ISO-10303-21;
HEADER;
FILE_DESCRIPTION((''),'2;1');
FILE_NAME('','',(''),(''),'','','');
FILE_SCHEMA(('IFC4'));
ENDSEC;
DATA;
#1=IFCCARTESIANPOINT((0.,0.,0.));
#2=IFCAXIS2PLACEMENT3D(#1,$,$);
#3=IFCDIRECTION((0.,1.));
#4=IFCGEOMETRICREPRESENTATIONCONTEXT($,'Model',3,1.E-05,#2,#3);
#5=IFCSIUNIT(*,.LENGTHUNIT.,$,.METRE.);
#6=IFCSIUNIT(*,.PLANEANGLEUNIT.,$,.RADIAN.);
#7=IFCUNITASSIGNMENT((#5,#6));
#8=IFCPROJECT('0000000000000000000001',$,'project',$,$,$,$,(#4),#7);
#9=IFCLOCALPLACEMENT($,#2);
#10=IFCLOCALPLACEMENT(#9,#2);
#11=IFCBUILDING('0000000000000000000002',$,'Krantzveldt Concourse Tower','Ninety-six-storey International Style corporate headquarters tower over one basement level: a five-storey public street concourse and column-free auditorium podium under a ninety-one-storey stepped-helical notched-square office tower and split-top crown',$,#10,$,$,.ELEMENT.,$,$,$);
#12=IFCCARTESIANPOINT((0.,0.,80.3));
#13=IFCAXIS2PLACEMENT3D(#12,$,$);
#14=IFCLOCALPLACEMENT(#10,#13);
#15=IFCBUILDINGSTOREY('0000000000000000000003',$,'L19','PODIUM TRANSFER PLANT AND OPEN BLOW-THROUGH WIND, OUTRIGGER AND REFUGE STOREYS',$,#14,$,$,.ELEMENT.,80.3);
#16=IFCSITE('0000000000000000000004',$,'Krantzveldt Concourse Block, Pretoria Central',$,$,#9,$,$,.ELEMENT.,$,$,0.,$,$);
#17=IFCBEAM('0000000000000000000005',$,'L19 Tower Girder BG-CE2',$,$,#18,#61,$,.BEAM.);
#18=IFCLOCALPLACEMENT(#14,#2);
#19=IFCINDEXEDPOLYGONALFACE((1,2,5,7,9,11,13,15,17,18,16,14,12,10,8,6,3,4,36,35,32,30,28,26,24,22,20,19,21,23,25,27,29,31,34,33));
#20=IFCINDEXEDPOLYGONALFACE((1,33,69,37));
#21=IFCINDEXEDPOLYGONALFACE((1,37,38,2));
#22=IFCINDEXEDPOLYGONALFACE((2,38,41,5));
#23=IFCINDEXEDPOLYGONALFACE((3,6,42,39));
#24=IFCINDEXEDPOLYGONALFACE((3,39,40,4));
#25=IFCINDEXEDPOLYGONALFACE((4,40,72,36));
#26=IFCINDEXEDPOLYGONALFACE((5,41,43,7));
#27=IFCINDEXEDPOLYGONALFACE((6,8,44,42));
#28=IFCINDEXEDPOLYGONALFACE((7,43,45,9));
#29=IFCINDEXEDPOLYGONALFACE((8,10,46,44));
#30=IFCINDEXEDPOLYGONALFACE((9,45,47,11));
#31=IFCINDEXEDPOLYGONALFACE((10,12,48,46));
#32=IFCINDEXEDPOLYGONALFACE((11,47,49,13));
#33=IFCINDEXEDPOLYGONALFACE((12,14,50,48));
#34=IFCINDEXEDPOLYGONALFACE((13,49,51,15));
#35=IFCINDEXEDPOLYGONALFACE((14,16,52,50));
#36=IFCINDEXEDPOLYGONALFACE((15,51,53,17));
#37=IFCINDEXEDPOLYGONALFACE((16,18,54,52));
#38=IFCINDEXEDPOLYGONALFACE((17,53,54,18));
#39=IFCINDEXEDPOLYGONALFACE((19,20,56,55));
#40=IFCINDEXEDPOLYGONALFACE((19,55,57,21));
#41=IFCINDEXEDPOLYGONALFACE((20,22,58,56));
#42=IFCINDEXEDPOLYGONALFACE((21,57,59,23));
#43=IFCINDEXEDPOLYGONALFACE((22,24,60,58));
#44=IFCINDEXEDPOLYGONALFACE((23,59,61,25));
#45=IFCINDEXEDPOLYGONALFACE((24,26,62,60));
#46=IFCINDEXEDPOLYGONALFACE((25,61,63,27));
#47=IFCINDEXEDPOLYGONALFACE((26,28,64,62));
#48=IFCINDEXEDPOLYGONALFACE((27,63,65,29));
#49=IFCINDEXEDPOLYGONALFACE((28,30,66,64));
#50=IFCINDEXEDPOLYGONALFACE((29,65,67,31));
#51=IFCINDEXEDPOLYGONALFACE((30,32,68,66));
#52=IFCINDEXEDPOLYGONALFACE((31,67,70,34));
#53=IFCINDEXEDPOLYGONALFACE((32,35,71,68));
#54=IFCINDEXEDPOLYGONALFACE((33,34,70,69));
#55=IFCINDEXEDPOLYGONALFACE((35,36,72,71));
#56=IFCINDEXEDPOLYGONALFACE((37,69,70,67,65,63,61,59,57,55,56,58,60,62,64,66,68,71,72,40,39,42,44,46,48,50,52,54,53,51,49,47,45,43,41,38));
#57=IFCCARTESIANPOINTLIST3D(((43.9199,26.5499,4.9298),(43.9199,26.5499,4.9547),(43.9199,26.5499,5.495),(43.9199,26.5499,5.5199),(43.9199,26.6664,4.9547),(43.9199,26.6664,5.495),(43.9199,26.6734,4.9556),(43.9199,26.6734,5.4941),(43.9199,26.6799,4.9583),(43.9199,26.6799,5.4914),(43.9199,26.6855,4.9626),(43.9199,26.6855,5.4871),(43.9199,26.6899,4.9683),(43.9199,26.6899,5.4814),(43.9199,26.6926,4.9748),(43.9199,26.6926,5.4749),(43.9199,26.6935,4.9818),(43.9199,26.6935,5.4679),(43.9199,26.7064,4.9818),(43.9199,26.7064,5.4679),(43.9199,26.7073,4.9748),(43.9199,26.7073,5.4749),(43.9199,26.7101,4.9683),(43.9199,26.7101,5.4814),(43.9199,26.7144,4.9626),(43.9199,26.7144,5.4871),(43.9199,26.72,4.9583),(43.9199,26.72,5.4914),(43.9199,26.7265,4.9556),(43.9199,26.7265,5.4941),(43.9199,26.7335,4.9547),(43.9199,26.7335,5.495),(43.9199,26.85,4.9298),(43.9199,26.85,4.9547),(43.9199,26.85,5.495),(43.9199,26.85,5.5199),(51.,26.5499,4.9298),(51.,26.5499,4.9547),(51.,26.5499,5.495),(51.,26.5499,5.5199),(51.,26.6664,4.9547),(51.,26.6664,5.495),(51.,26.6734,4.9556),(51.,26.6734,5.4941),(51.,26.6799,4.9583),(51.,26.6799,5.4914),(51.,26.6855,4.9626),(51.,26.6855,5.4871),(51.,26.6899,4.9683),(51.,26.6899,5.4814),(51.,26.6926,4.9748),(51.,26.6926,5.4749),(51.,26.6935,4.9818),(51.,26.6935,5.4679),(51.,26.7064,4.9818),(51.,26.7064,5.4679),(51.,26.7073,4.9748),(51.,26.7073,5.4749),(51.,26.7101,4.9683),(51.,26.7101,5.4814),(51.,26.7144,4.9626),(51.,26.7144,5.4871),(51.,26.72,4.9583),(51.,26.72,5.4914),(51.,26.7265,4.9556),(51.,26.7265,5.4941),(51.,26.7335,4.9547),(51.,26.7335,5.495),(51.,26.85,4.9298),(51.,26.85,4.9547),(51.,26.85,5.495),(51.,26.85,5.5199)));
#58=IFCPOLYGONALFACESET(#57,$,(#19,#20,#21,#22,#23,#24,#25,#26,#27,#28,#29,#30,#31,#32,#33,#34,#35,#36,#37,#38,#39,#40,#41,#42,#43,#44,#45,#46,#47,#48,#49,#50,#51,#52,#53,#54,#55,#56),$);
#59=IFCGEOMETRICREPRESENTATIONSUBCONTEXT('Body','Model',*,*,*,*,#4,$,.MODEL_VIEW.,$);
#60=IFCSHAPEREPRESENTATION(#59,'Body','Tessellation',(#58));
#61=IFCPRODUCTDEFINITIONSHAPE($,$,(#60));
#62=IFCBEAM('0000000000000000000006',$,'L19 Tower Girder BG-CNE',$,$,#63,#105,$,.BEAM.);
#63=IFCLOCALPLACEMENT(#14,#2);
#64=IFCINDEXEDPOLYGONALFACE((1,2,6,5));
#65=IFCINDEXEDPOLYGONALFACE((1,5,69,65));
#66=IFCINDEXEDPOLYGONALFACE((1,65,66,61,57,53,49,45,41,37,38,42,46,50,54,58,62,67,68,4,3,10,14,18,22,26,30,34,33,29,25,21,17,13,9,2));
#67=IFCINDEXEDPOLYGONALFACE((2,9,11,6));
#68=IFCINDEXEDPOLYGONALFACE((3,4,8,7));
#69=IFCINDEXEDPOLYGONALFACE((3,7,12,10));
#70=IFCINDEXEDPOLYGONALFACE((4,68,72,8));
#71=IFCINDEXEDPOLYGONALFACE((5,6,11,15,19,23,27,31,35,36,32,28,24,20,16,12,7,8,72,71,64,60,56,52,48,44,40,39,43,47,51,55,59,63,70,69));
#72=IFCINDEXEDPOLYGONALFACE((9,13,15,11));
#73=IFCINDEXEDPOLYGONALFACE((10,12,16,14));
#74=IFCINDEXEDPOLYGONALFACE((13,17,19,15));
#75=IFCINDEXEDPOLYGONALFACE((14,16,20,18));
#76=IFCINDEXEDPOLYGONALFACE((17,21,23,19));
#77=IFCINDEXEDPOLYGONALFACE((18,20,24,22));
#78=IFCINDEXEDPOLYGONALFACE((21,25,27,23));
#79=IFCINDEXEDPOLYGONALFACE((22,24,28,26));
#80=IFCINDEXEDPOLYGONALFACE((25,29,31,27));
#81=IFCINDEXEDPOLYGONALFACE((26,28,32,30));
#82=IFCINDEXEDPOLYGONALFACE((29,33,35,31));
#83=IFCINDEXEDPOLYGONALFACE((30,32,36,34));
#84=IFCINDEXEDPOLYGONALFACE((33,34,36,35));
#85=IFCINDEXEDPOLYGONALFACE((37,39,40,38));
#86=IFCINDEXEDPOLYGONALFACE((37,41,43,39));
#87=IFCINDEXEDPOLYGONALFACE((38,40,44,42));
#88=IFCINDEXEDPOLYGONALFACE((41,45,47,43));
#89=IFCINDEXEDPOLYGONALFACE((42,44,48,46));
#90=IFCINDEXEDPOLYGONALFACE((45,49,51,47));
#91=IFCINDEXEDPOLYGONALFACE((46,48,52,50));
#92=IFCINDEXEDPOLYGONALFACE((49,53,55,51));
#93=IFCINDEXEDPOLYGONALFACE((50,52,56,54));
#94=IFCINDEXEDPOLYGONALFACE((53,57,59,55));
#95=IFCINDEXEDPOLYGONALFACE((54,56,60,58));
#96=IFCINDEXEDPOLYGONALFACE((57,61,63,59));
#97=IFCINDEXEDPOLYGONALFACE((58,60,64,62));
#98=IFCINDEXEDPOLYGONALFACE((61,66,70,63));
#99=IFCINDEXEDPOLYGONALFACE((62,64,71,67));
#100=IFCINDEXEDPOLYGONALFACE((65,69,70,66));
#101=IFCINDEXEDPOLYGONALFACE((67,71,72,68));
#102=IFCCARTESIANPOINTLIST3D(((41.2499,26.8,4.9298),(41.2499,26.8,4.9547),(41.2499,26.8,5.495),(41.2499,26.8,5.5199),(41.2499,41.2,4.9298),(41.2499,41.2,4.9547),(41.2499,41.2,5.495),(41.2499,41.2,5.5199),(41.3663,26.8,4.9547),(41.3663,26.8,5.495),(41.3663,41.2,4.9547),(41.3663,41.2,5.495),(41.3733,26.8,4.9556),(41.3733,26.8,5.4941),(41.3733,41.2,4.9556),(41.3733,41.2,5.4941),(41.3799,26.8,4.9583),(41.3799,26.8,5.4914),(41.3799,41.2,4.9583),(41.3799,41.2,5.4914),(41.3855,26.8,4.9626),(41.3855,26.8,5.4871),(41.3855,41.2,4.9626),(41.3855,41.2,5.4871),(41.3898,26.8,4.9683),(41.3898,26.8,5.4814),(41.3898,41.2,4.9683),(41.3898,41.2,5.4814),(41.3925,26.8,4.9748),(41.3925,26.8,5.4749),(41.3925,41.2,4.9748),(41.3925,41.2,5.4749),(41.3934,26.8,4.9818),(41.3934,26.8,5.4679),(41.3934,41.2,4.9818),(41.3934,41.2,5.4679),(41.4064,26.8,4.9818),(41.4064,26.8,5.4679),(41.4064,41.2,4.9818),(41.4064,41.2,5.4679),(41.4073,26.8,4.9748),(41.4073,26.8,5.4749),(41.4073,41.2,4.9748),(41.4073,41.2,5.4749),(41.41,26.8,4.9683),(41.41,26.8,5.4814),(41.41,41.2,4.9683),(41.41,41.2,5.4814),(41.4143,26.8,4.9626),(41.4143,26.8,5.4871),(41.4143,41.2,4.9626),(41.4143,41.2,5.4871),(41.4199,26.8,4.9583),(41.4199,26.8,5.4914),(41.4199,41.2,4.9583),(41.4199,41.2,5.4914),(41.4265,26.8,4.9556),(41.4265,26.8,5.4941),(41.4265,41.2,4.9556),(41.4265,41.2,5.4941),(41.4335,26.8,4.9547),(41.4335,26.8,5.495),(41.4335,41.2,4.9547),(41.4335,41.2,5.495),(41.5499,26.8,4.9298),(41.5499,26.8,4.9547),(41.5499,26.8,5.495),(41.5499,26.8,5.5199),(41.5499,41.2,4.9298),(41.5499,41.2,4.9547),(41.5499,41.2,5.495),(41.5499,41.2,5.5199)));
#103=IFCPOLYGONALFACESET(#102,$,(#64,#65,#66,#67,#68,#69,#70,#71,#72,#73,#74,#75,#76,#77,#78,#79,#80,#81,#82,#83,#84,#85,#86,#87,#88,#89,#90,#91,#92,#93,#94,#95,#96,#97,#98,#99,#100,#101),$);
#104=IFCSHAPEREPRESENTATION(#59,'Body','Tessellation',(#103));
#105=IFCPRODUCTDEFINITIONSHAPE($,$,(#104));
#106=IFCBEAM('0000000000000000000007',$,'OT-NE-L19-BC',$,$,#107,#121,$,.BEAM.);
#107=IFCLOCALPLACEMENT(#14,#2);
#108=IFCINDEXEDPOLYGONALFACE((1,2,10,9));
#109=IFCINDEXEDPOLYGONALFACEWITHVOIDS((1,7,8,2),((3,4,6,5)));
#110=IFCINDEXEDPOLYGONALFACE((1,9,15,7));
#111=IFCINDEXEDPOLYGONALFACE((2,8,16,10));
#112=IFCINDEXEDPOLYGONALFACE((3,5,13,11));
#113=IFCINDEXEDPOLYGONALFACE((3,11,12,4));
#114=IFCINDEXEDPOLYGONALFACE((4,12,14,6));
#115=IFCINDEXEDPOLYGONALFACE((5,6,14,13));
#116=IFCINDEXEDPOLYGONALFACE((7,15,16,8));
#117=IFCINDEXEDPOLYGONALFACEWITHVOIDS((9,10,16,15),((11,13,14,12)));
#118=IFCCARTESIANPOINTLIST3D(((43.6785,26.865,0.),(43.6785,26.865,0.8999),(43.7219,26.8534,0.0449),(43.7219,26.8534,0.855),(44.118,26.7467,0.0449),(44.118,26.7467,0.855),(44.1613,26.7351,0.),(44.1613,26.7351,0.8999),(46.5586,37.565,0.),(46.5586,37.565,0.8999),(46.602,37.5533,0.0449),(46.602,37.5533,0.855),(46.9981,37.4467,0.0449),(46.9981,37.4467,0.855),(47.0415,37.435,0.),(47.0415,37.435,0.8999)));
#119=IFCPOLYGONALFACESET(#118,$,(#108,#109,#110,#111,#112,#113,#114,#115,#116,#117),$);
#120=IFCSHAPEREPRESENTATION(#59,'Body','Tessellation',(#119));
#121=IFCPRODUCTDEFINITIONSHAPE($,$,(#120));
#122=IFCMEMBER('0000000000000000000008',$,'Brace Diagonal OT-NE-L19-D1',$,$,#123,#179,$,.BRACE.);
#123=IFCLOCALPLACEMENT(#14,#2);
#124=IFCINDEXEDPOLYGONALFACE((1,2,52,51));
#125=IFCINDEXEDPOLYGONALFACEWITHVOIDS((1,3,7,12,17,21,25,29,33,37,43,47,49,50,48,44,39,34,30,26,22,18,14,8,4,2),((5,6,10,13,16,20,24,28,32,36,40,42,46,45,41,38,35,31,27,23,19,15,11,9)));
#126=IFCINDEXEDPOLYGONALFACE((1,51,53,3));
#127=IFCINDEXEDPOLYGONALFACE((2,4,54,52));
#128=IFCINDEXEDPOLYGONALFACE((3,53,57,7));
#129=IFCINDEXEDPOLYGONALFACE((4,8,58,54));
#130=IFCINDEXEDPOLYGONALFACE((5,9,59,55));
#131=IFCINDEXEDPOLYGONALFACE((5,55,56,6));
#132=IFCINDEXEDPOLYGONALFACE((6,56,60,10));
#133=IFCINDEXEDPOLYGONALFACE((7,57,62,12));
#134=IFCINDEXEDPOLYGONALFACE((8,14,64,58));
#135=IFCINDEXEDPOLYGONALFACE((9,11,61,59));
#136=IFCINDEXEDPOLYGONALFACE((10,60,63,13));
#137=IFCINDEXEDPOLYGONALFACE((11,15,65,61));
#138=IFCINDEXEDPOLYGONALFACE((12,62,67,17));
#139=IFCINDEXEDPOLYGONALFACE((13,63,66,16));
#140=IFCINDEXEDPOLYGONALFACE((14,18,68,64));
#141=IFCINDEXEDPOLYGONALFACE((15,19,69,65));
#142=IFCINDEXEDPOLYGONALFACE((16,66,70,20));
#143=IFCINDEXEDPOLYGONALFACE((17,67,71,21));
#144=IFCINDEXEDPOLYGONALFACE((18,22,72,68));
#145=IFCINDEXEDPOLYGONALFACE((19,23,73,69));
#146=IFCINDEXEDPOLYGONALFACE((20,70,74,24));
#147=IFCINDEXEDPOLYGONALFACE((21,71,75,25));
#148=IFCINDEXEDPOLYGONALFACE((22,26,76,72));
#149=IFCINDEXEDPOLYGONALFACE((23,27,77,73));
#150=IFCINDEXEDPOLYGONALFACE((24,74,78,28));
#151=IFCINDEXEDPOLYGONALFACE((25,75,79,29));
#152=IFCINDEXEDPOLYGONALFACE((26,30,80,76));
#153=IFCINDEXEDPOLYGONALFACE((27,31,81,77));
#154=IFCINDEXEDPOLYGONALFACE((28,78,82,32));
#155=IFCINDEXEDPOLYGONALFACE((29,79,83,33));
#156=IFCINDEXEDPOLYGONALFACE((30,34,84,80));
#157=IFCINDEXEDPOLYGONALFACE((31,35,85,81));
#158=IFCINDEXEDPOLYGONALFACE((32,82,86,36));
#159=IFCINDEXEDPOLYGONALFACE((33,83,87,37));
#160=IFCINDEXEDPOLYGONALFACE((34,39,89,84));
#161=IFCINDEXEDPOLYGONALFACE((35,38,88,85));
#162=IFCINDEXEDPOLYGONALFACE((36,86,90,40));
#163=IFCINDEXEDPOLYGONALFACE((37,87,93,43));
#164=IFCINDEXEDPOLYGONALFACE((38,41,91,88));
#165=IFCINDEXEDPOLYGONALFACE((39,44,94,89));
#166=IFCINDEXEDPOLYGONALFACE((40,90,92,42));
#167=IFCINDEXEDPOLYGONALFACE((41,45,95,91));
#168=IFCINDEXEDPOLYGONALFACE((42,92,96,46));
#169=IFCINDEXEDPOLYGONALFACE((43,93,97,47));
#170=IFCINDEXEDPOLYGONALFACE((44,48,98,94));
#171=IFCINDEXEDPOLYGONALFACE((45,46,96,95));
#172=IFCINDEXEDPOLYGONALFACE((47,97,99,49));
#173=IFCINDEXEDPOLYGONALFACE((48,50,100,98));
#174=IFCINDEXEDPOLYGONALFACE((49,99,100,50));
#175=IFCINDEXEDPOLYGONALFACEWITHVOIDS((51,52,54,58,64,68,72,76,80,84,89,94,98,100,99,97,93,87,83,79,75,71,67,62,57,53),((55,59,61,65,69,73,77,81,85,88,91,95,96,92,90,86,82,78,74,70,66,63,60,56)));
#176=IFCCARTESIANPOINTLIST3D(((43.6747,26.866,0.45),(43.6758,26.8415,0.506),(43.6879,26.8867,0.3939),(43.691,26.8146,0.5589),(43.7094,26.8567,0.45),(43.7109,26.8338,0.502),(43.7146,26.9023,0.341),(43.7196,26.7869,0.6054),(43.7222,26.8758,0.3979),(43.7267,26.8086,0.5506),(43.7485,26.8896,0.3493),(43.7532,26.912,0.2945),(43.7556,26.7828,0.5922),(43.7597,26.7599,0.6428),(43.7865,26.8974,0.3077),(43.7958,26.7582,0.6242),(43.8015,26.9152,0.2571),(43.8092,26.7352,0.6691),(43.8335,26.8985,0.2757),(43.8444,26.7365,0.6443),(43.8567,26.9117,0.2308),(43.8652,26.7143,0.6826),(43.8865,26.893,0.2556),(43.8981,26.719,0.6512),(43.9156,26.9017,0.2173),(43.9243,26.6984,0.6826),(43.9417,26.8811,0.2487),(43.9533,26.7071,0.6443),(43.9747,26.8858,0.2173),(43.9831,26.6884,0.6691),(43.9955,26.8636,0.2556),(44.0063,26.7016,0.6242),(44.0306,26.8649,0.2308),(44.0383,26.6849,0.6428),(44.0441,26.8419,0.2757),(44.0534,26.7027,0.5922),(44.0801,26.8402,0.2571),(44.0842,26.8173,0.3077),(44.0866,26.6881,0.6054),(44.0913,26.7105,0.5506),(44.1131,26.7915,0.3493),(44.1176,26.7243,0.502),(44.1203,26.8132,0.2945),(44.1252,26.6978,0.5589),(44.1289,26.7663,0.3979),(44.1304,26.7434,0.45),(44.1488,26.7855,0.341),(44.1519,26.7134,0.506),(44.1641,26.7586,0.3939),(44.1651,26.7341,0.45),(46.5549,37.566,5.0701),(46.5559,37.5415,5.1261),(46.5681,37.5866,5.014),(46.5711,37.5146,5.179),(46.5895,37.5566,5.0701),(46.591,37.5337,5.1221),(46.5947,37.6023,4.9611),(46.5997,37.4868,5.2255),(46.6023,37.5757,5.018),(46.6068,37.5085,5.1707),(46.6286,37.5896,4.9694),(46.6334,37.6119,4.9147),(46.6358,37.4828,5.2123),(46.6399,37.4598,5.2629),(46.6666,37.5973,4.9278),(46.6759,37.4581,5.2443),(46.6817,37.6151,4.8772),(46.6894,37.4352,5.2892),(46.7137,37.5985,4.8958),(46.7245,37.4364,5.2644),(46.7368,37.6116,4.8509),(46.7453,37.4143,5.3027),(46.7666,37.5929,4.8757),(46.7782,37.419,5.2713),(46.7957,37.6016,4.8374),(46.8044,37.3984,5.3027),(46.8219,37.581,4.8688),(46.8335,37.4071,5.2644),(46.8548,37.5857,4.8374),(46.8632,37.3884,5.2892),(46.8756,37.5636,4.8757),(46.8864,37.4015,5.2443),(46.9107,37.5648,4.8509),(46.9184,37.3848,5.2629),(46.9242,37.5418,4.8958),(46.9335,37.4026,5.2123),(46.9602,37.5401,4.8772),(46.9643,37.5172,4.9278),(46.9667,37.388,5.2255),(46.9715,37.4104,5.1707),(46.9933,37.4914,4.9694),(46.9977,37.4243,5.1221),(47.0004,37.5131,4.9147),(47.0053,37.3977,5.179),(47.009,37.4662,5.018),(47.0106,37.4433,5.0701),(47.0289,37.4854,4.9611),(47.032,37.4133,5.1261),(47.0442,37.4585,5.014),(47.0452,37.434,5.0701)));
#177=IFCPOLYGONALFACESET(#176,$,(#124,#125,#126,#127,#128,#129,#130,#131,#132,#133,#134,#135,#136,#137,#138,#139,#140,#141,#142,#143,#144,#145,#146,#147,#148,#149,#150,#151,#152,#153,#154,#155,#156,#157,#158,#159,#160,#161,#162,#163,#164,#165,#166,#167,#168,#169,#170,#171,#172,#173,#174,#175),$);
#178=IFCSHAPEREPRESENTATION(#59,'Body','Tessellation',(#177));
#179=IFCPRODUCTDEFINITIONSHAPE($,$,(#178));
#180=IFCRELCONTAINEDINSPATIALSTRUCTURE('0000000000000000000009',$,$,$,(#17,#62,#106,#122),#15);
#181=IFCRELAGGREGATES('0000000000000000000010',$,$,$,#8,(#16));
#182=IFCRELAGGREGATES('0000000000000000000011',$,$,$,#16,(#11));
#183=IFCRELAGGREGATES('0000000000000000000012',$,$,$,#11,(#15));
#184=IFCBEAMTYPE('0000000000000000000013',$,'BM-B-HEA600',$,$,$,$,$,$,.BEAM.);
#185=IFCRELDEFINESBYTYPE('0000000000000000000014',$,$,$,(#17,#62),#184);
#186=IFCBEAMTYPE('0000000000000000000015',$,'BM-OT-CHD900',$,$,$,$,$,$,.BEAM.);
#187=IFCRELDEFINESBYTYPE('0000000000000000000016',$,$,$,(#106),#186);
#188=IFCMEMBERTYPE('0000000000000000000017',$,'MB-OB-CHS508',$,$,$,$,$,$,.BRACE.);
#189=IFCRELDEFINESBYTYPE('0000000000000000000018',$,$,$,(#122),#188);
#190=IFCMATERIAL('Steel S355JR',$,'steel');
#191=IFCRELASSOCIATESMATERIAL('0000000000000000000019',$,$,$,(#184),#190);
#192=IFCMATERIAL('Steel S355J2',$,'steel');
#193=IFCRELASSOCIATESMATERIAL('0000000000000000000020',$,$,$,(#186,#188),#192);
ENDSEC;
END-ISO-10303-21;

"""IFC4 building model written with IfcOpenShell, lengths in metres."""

from ifc_helpers import new_model, si_unit, direction, frame, origin, origin_2d, place, context, subcontext, project, spatial, hollow_rectangle, hollow_circle, i_section, extrude, source, transform, mapped, material, material_profile, profile_set, type_object, type_shapes, element, save


model = new_model("IFC4")

# Units and contexts
model_context = context("Model", 3, precision=1e-05, world=origin(), true_north=direction((0.0, 1.0)))
body_context = subcontext(model_context, "Body", "Model", "MODEL_VIEW")
ifc_project = project(units=[si_unit("LENGTHUNIT", "METRE"), si_unit("PLANEANGLEUNIT", "RADIAN")], contexts=[model_context])

# Site, building, storey
site_placement = place(None, origin())
site = spatial("IfcSite", under=ifc_project, at=site_placement, Name="Krantzveldt Concourse Block, Pretoria Central", CompositionType="ELEMENT", RefElevation=0.0)
building_placement = place(site_placement, origin())
building = spatial("IfcBuilding", under=site, at=building_placement, Name="Krantzveldt Concourse Tower", Description="Ninety-six-storey International Style corporate headquarters tower over one basement level: a five-storey public street concourse and column-free auditorium podium under a ninety-one-storey stepped-helical notched-square office tower and split-top crown", CompositionType="ELEMENT")
storey_placement = place(building_placement, frame((0.0, 0.0, 80.3)))
storey = spatial("IfcBuildingStorey", under=building, at=storey_placement, Name="L19", Description="PODIUM TRANSFER PLANT AND OPEN BLOW-THROUGH WIND, OUTRIGGER AND REFUGE STOREYS", CompositionType="ELEMENT", Elevation=80.3)

# Beams
ifc_material_1 = material(Name="Steel S355JR", Category="steel")
ifc_material_profile_1 = material_profile(ifc_material_1, i_section(OverallWidth=0.3, OverallDepth=0.5901, WebThickness=0.0129, FlangeThickness=0.0249, FilletRadius=0.0271, at=origin_2d()), Name="Steel S355JR", Category="steel")
ifc_profile_set_1 = profile_set([ifc_material_profile_1], Name="Steel S355JR - HEA 600")
beam_type_1 = type_object("IfcBeamType", Name="BM-B-HEA600", PredefinedType="BEAM", material=ifc_profile_set_1)
shared_shape_1 = source(origin(), body_context, "Body", "SweptSolid", [
    extrude(i_section(OverallWidth=0.3, OverallDepth=0.5901, WebThickness=0.0129, FlangeThickness=0.0249, FilletRadius=0.0271, at=origin_2d()), origin(), (0.0, 0.0, 1.0), 7.0801),
])
beam_1_placement = place(storey_placement, frame((43.9199, 26.7, 5.2249), z_axis=(1.0, 0.0, 0.0), x_axis=(0.0, 1.0, 0.0)))
element("IfcBeam", 1, at=beam_1_placement, inside=storey, type_object=beam_type_1, Name="L19 Tower Girder BG-CE2", PredefinedType="BEAM", context=body_context, shape_type="MappedRepresentation", body=[
    mapped(shared_shape_1, transform((0.0, 0.0, 0.0), x_axis=(1.0, 0.0, 0.0), y_axis=(0.0, 1.0, 0.0), z_axis=(0.0, 0.0, 1.0), scale=1.0)),
])
shared_shape_2 = source(origin(), body_context, "Body", "SweptSolid", [
    extrude(i_section(OverallWidth=0.3, OverallDepth=0.5901, WebThickness=0.0129, FlangeThickness=0.0249, FilletRadius=0.0271, at=origin_2d()), origin(), (0.0, 0.0, 1.0), 14.3999),
])
type_shapes(beam_type_1, [shared_shape_1, shared_shape_2])
beam_2_placement = place(storey_placement, frame((41.3999, 26.8, 5.2249), z_axis=(0.0, 1.0, 0.0), x_axis=(-1.0, 0.0, 0.0)))
element("IfcBeam", 2, at=beam_2_placement, inside=storey, type_object=beam_type_1, Name="L19 Tower Girder BG-CNE", PredefinedType="BEAM", context=body_context, shape_type="MappedRepresentation", body=[
    mapped(shared_shape_2, transform((0.0, 0.0, 0.0), x_axis=(1.0, 0.0, 0.0), y_axis=(0.0, 1.0, 0.0), z_axis=(0.0, 0.0, 1.0), scale=1.0)),
])
ifc_material_2 = material(Name="Steel S355J2", Category="steel")
ifc_material_profile_2 = material_profile(ifc_material_2, hollow_rectangle(XDim=0.5, YDim=0.8999, WallThickness=0.0449, at=origin_2d()), Name="Steel S355J2", Category="steel")
ifc_profile_set_2 = profile_set([ifc_material_profile_2], Name="Steel S355J2 - RHS 900x500x45")
beam_type_2 = type_object("IfcBeamType", Name="BM-OT-CHD900", PredefinedType="BEAM", material=ifc_profile_set_2)
shared_shape_3 = source(origin(), body_context, "Body", "SweptSolid", [
    extrude(hollow_rectangle(XDim=0.5, YDim=0.8999, WallThickness=0.0449, at=origin_2d()), origin(), (0.0, 0.0, 1.0), 11.0808),
])
type_shapes(beam_type_2, [shared_shape_3])
beam_3_placement = place(storey_placement, frame((43.9199, 26.8, 0.45), z_axis=(0.259921, 0.96563, 0.0), x_axis=(-0.96563, 0.259921, 0.0)))
element("IfcBeam", 3, at=beam_3_placement, inside=storey, type_object=beam_type_2, Name="OT-NE-L19-BC", PredefinedType="BEAM", context=body_context, shape_type="MappedRepresentation", body=[
    mapped(shared_shape_3, transform((0.0, 0.0, 0.0), x_axis=(1.0, 0.0, 0.0), y_axis=(0.0, 1.0, 0.0), z_axis=(0.0, 0.0, 1.0), scale=1.0)),
])

# Member
ifc_material_profile_3 = material_profile(ifc_material_2, hollow_circle(Radius=0.2539, WallThickness=0.0359, at=origin_2d()), Name="Steel S355J2", Category="steel")
ifc_profile_set_3 = profile_set([ifc_material_profile_3], Name="Steel S355J2 - CHS 508x36")
member_type = type_object("IfcMemberType", Name="MB-OB-CHS508", PredefinedType="BRACE", material=ifc_profile_set_3)
shared_shape_4 = source(origin(), body_context, "Body", "SweptSolid", [
    extrude(hollow_circle(Radius=0.2539, WallThickness=0.0359, at=origin_2d()), origin(), (0.0, 0.0, 1.0), 12.0054),
])
member_1_placement = place(storey_placement, frame((43.9199, 26.8, 0.45), z_axis=(0.239903, 0.891262, 0.384837), x_axis=(-0.96563, 0.259921, 0.0)))
element("IfcMember", 4, at=member_1_placement, inside=storey, type_object=member_type, Name="Brace Diagonal OT-NE-L19-D1", PredefinedType="BRACE", context=body_context, shape_type="MappedRepresentation", body=[
    mapped(shared_shape_4, transform((0.0, 0.0, 0.0), x_axis=(1.0, 0.0, 0.0), y_axis=(0.0, 1.0, 0.0), z_axis=(0.0, 0.0, 1.0), scale=1.0)),
])

save(model, "model.ifc")
